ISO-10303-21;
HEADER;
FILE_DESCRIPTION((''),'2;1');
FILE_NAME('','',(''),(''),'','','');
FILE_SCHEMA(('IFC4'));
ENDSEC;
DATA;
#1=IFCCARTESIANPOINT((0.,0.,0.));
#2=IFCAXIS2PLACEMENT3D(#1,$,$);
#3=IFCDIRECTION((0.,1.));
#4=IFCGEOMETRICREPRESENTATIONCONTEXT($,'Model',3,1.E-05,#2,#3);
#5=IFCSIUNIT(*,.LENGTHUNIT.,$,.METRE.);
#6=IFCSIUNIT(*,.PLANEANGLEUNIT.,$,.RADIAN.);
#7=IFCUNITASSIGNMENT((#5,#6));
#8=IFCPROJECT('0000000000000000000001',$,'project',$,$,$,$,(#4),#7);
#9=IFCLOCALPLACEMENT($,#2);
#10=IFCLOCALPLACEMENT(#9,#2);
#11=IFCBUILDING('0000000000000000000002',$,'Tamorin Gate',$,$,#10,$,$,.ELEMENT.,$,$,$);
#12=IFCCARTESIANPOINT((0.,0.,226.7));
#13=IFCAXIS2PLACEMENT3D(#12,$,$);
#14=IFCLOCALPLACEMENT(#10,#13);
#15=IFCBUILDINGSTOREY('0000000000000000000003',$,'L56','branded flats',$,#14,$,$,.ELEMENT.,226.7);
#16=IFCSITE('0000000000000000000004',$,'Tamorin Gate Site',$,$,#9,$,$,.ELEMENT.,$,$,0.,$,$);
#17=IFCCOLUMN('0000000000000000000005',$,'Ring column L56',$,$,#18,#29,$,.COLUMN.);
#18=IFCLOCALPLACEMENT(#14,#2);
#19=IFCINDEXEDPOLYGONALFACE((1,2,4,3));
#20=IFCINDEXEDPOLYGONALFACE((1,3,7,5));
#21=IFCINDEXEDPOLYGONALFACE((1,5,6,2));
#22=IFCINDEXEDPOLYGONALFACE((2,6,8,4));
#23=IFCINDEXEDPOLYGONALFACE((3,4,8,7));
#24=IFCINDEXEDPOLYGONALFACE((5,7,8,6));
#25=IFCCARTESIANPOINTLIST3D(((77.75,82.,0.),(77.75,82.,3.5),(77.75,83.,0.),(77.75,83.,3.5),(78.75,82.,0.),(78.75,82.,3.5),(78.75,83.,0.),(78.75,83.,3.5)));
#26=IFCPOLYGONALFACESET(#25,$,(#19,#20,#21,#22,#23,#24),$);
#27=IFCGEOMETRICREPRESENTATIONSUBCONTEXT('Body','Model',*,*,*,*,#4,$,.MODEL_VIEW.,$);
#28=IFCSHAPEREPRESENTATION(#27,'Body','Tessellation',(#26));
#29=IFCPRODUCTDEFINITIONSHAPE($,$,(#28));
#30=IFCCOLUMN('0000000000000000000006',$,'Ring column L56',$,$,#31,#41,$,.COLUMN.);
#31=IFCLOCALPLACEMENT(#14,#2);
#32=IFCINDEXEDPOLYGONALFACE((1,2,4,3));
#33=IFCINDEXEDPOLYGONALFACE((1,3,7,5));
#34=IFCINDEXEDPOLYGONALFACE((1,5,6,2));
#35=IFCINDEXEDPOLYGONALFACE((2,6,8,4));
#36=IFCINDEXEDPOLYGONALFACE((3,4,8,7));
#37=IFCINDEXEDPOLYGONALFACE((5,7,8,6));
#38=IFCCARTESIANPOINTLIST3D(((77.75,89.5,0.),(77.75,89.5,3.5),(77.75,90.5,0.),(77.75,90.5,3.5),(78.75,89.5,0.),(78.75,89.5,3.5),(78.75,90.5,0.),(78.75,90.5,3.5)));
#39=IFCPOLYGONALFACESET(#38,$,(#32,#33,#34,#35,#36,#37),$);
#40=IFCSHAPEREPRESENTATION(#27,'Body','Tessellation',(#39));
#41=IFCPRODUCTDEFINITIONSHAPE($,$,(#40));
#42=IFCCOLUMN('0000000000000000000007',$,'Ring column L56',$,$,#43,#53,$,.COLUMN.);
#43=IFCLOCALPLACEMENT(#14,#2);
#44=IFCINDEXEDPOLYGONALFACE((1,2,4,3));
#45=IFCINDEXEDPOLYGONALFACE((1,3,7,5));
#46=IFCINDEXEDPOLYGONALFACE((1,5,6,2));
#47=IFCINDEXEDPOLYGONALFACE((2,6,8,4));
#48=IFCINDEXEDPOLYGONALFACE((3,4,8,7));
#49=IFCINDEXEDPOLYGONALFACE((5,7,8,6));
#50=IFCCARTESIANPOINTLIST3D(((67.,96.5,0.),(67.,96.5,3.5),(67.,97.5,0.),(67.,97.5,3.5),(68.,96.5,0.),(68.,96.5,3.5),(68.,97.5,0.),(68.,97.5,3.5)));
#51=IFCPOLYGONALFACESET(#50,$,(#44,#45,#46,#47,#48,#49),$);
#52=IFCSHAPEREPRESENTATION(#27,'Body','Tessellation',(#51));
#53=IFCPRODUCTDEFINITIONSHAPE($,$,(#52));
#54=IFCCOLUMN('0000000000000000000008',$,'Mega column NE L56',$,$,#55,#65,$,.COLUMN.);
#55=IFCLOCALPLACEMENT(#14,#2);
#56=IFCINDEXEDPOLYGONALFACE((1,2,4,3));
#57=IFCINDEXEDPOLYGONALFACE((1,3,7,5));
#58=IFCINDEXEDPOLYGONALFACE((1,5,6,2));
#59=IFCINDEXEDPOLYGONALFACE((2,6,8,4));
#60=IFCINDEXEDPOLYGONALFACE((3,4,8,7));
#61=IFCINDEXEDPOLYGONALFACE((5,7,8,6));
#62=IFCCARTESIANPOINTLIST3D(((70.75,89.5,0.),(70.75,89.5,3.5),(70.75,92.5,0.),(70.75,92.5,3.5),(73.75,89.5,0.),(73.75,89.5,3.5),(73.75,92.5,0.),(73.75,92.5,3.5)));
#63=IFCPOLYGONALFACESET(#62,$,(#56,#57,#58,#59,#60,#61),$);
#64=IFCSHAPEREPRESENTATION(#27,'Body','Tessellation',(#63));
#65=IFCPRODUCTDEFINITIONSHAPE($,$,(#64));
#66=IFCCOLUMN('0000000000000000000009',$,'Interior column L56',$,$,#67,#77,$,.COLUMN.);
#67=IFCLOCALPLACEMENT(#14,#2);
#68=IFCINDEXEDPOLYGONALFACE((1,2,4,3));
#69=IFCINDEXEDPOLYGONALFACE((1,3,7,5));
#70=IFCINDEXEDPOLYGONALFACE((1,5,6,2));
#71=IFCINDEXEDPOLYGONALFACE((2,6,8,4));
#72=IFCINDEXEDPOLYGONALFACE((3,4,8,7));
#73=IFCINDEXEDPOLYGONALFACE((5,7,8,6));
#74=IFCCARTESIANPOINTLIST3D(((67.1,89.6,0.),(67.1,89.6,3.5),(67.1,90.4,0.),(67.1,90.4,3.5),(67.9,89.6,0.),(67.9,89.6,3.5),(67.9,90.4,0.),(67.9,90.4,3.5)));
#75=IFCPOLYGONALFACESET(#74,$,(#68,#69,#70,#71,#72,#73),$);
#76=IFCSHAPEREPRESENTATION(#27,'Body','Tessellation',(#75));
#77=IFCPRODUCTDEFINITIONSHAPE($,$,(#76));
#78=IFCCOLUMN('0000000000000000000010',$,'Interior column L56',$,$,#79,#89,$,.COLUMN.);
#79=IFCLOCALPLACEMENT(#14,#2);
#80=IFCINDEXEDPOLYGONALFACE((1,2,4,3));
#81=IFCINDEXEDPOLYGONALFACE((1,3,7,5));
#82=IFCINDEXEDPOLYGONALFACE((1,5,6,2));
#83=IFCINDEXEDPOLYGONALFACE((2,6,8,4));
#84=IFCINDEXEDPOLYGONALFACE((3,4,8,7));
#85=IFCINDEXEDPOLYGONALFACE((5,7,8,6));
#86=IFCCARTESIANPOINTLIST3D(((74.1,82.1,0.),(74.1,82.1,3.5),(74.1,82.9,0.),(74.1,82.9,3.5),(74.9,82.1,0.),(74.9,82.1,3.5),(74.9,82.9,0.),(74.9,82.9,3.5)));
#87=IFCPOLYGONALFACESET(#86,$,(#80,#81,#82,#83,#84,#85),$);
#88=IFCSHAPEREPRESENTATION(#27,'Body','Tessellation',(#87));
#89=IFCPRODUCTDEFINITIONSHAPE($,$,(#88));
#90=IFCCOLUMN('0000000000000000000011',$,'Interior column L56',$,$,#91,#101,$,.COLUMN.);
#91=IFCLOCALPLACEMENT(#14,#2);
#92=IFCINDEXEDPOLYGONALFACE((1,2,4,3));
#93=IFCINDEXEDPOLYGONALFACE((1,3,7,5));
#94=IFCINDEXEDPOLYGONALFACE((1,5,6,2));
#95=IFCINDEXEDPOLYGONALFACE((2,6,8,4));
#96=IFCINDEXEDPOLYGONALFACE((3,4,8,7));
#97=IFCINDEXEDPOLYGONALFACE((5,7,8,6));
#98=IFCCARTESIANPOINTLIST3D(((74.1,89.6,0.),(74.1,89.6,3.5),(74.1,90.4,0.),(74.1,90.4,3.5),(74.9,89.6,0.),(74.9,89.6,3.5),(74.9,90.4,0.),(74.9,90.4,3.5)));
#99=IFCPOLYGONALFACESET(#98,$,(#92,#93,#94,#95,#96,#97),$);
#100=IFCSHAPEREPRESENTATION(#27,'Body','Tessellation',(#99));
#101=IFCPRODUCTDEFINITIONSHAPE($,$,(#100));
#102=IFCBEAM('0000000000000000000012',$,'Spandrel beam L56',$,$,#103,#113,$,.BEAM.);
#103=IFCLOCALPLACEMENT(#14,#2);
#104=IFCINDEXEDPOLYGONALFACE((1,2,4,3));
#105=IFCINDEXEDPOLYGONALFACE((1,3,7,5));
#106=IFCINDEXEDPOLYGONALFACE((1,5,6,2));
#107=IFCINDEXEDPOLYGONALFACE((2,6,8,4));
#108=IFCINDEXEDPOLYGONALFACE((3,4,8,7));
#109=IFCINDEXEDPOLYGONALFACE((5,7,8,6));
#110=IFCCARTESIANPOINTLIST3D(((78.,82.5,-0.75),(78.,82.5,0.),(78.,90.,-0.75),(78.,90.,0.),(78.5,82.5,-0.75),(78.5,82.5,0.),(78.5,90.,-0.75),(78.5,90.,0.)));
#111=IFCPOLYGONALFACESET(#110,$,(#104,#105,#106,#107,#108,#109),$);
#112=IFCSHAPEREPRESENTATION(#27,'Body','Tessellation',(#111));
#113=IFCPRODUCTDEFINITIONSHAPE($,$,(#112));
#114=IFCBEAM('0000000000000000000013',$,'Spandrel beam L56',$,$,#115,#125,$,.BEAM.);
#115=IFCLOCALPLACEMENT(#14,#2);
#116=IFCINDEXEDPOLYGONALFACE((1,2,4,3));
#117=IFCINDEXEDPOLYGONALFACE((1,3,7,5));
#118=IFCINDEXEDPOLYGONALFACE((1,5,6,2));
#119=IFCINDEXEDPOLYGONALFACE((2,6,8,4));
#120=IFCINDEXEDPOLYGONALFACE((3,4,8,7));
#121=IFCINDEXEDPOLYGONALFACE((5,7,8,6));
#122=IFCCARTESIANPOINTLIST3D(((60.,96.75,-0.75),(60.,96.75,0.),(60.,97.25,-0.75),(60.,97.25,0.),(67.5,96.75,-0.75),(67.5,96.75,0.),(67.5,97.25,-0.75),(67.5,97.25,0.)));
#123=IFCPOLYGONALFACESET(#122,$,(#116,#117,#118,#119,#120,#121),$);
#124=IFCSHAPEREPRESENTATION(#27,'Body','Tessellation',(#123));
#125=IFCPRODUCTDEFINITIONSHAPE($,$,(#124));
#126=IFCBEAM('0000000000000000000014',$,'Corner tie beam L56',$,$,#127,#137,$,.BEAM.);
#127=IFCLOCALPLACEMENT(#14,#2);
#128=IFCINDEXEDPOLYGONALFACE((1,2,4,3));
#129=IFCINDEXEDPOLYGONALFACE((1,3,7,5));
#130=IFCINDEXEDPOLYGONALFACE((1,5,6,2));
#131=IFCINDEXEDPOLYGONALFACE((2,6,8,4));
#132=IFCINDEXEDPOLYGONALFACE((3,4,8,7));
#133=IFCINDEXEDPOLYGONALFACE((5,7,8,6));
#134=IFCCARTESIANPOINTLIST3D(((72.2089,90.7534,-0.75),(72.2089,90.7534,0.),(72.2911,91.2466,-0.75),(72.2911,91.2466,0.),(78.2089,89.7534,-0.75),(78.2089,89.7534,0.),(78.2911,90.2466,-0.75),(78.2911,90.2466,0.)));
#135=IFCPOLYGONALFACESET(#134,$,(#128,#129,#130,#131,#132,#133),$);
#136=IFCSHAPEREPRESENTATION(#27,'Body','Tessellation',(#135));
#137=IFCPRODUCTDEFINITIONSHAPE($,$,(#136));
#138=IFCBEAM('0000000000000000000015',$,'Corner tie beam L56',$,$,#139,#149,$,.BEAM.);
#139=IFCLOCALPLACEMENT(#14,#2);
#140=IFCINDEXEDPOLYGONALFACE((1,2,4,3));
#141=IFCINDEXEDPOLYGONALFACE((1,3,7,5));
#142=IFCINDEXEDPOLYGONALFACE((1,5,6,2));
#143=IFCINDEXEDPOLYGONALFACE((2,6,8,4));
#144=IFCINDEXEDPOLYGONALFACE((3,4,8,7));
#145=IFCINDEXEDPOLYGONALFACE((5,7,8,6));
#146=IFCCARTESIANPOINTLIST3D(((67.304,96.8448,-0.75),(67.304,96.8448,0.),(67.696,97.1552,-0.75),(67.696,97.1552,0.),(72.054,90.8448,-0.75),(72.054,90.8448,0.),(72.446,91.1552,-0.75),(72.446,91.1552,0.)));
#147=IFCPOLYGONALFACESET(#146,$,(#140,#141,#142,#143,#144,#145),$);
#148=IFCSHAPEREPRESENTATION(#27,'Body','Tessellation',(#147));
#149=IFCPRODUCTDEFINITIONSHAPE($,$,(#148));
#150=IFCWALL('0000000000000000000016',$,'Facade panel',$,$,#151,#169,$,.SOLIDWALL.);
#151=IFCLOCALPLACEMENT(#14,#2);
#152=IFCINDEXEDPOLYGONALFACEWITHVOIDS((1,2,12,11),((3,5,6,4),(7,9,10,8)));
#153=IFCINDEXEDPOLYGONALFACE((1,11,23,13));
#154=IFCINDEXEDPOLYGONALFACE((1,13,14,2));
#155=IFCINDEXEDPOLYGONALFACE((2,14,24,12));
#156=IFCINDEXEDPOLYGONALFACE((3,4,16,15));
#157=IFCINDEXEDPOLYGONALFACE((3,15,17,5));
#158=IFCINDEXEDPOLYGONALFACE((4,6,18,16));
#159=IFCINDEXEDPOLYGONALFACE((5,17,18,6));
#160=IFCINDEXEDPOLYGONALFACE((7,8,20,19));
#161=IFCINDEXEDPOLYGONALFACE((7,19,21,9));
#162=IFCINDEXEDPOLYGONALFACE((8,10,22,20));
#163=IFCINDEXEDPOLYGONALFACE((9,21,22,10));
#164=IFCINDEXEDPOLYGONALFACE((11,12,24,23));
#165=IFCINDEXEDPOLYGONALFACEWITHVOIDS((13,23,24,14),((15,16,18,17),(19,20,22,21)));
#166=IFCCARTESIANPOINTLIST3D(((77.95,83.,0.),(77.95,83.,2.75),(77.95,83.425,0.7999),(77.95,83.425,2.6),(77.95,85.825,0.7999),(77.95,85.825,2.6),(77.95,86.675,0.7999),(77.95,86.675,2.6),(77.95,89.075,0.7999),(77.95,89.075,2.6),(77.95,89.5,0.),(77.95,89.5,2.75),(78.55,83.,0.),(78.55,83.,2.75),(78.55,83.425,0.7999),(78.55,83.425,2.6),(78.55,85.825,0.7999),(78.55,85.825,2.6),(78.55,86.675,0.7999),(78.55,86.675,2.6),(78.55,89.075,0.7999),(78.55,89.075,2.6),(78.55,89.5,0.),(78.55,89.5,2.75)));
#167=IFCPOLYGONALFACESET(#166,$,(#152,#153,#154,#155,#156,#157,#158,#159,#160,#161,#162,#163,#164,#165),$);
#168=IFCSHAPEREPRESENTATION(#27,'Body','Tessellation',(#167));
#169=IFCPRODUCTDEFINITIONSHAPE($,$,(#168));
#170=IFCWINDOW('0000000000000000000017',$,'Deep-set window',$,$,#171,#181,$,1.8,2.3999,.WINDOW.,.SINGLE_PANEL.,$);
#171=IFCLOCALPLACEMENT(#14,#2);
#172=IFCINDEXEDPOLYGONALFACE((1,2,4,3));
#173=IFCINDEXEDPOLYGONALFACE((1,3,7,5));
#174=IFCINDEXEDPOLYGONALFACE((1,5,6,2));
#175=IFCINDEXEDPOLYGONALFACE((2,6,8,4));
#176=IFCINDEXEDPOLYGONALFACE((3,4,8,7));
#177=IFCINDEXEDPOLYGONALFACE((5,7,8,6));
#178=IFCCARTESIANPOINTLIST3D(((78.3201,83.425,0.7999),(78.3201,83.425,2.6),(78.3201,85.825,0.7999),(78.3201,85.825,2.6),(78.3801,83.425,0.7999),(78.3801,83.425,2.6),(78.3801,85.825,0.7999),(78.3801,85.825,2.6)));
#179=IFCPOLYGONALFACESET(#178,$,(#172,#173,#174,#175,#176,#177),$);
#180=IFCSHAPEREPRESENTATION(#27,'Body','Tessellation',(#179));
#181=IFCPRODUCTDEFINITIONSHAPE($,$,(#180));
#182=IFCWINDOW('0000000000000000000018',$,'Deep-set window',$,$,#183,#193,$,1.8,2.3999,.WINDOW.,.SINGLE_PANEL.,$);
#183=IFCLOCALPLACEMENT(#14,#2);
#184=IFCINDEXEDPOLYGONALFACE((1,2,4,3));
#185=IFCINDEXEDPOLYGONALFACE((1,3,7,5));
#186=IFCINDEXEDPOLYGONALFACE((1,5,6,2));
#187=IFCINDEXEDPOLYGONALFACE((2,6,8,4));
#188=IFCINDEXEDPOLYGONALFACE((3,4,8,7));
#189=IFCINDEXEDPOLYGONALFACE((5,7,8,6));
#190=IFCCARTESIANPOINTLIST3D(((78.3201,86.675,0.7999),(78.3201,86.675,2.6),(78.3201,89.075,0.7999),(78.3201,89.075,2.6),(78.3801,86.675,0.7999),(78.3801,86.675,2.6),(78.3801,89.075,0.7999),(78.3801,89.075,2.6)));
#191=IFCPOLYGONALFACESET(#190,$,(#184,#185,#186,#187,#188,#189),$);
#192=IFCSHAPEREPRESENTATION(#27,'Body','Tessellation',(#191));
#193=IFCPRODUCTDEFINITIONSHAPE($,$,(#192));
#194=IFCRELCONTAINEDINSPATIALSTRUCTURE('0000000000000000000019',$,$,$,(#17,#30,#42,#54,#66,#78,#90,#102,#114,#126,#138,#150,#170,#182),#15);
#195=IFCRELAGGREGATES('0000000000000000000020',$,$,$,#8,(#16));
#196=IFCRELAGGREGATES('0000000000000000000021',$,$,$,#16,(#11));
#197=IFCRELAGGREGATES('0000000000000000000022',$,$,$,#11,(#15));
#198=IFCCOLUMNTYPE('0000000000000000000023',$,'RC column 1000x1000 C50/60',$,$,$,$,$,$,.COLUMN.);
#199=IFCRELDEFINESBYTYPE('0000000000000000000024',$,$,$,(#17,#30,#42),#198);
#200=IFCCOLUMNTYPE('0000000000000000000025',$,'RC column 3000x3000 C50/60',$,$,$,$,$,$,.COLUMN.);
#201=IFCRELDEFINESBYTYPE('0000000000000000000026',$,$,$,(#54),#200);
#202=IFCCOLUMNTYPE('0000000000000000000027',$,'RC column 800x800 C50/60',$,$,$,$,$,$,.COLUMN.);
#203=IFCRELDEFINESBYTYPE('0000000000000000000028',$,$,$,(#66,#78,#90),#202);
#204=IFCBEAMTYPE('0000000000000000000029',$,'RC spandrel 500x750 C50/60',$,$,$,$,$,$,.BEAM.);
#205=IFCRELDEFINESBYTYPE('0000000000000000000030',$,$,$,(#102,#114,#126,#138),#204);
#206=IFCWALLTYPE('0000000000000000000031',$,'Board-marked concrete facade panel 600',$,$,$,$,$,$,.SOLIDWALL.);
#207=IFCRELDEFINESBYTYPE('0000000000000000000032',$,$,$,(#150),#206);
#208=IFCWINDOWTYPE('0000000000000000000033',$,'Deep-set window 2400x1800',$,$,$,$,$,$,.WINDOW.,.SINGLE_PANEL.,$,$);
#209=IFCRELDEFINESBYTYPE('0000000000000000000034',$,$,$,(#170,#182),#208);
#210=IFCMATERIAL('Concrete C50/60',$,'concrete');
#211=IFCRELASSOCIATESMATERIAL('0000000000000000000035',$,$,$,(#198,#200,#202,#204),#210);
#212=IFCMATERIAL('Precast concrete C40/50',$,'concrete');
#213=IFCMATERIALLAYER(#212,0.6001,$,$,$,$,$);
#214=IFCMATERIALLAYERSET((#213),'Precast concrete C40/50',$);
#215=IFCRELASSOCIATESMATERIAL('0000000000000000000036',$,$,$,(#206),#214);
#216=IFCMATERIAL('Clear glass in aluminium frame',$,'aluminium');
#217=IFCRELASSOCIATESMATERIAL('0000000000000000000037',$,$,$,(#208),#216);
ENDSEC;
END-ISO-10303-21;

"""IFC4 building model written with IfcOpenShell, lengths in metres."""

from ifc_helpers import new_model, si_unit, direction, frame, frame_2d, origin, origin_2d, place, context, subcontext, project, spatial, rectangle, extrude, material, layer, layer_set, material_profile, profile_set, type_object, element, fill, save


model = new_model("IFC4")

# Units and contexts
model_context = context("Model", 3, precision=1e-05, world=origin(), true_north=direction((0.0, 1.0)))
body_context = subcontext(model_context, "Body", "Model", "MODEL_VIEW")
ifc_project = project(units=[si_unit("LENGTHUNIT", "METRE"), si_unit("PLANEANGLEUNIT", "RADIAN")], contexts=[model_context])

# Site, building, storey
site_placement = place(None, origin())
site = spatial("IfcSite", under=ifc_project, at=site_placement, Name="Tamorin Gate Site", CompositionType="ELEMENT", RefElevation=0.0)
building_placement = place(site_placement, origin())
building = spatial("IfcBuilding", under=site, at=building_placement, Name="Tamorin Gate", CompositionType="ELEMENT")
storey_placement = place(building_placement, frame((0.0, 0.0, 226.7)))
storey = spatial("IfcBuildingStorey", under=building, at=storey_placement, Name="L56", Description="branded flats", CompositionType="ELEMENT", Elevation=226.7)

# Columns
ifc_material_1 = material(Name="Concrete C50/60", Category="concrete")
ifc_material_profile_1 = material_profile(ifc_material_1, rectangle(XDim=1.0, YDim=1.0, at=origin_2d()), Name="RC 1000x1000")
ifc_profile_set_1 = profile_set([ifc_material_profile_1], Name="Concrete C50/60")
column_type_1 = type_object("IfcColumnType", Name="RC column 1000x1000 C50/60", PredefinedType="COLUMN", material=ifc_profile_set_1)
for number, where, z_axis, x_axis, name in (
    (1, (78.25, 82.5, 0.0), (0.0, 0.0, 1.0), (1.0, 0.0, 0.0), "Ring column L56"),
    (2, (78.25, 90.0, 0.0), (0.0, 0.0, 1.0), (1.0, 0.0, 0.0), "Ring column L56"),
    (3, (67.5, 97.0, 0.0), (0.0, 0.0, 1.0), (1.0, 0.0, 0.0), "Ring column L56"),
):
    element("IfcColumn", number, at=place(storey_placement, frame(where, z_axis=z_axis, x_axis=x_axis)), inside=storey, type_object=column_type_1, Name=name, PredefinedType="COLUMN", context=body_context, shape_type="SweptSolid", body=[
        extrude(rectangle(XDim=1.0, YDim=1.0, at=origin_2d()), origin(), (0.0, 0.0, 1.0), 3.5),
    ])
ifc_material_profile_2 = material_profile(ifc_material_1, rectangle(XDim=3.0, YDim=3.0, at=origin_2d()), Name="RC 3000x3000")
ifc_profile_set_2 = profile_set([ifc_material_profile_2], Name="Concrete C50/60")
column_type_2 = type_object("IfcColumnType", Name="RC column 3000x3000 C50/60", PredefinedType="COLUMN", material=ifc_profile_set_2)
column_placement = place(storey_placement, frame((72.25, 91.0, 0.0), z_axis=(0.0, 0.0, 1.0), x_axis=(1.0, 0.0, 0.0)))
element("IfcColumn", 4, at=column_placement, inside=storey, type_object=column_type_2, Name="Mega column NE L56", PredefinedType="COLUMN", context=body_context, shape_type="SweptSolid", body=[
    extrude(rectangle(XDim=3.0, YDim=3.0, at=origin_2d()), origin(), (0.0, 0.0, 1.0), 3.5),
])
ifc_material_profile_3 = material_profile(ifc_material_1, rectangle(XDim=0.8, YDim=0.8, at=origin_2d()), Name="RC 800x800")
ifc_profile_set_3 = profile_set([ifc_material_profile_3], Name="Concrete C50/60")
column_type_3 = type_object("IfcColumnType", Name="RC column 800x800 C50/60", PredefinedType="COLUMN", material=ifc_profile_set_3)
for number, where, z_axis, x_axis, name in (
    (5, (67.5, 90.0, 0.0), (0.0, 0.0, 1.0), (1.0, 0.0, 0.0), "Interior column L56"),
    (6, (74.5, 82.5, 0.0), (0.0, 0.0, 1.0), (1.0, 0.0, 0.0), "Interior column L56"),
    (7, (74.5, 90.0, 0.0), (0.0, 0.0, 1.0), (1.0, 0.0, 0.0), "Interior column L56"),
):
    element("IfcColumn", number, at=place(storey_placement, frame(where, z_axis=z_axis, x_axis=x_axis)), inside=storey, type_object=column_type_3, Name=name, PredefinedType="COLUMN", context=body_context, shape_type="SweptSolid", body=[
        extrude(rectangle(XDim=0.8, YDim=0.8, at=origin_2d()), origin(), (0.0, 0.0, 1.0), 3.5),
    ])

# Beams
ifc_material_profile_4 = material_profile(ifc_material_1, rectangle(XDim=0.5, YDim=0.75, at=origin_2d()), Name="RC 500x750")
ifc_profile_set_4 = profile_set([ifc_material_profile_4], Name="Concrete C50/60")
beam_type = type_object("IfcBeamType", Name="RC spandrel 500x750 C50/60", PredefinedType="BEAM", material=ifc_profile_set_4)
for number, where, z_axis, x_axis, name in (
    (8, (78.25, 82.5, -0.375), (0.0, 1.0, 0.0), (-1.0, 0.0, 0.0), "Spandrel beam L56"),
    (9, (67.5, 97.0, -0.375), (-1.0, 0.0, 0.0), (0.0, -1.0, 0.0), "Spandrel beam L56"),
):
    element("IfcBeam", number, at=place(storey_placement, frame(where, z_axis=z_axis, x_axis=x_axis)), inside=storey, type_object=beam_type, Name=name, PredefinedType="BEAM", context=body_context, shape_type="SweptSolid", body=[
        extrude(rectangle(XDim=0.5, YDim=0.75, at=origin_2d()), origin(), (0.0, 0.0, 1.0), 7.5),
    ])
beam_1_placement = place(storey_placement, frame((72.25, 91.0, -0.375), z_axis=(0.986394, -0.164399, 0.0), x_axis=(0.164399, 0.986394, 0.0)))
element("IfcBeam", 10, at=beam_1_placement, inside=storey, type_object=beam_type, Name="Corner tie beam L56", PredefinedType="BEAM", context=body_context, shape_type="SweptSolid", body=[
    extrude(rectangle(XDim=0.5, YDim=0.75, at=origin_2d()), origin(), (0.0, 0.0, 1.0), 6.0828),
])
beam_2_placement = place(storey_placement, frame((72.25, 91.0, -0.375), z_axis=(-0.620703, 0.784046, 0.0), x_axis=(-0.784046, -0.620703, 0.0)))
element("IfcBeam", 11, at=beam_2_placement, inside=storey, type_object=beam_type, Name="Corner tie beam L56", PredefinedType="BEAM", context=body_context, shape_type="SweptSolid", body=[
    extrude(rectangle(XDim=0.5, YDim=0.75, at=origin_2d()), origin(), (0.0, 0.0, 1.0), 7.6526),
])

# Wall, openings, windows
ifc_material_2 = material(Name="Precast concrete C40/50", Category="concrete")
ifc_layer = layer(ifc_material_2, 0.6001)
ifc_layer_set = layer_set([ifc_layer], Name="Precast concrete C40/50")
wall_type = type_object("IfcWallType", Name="Board-marked concrete facade panel 600", PredefinedType="SOLIDWALL", material=ifc_layer_set)
wall_1_placement = place(storey_placement, frame((78.25, 83.0, 0.0), z_axis=(0.0, 0.0, 1.0), x_axis=(0.0, 1.0, 0.0)))
wall_1 = element("IfcWall", 12, at=wall_1_placement, inside=storey, type_object=wall_type, Name="Facade panel", PredefinedType="SOLIDWALL", context=body_context, shape_type="SweptSolid", body=[
    extrude(rectangle(XDim=6.5, YDim=0.6001, at=frame_2d((3.25, 0.0))), origin(), (0.0, 0.0, 1.0), 2.75),
])
opening_1_placement = place(wall_1_placement, frame((0.425, 0.0, 0.8)))
opening_1 = element("IfcOpeningElement", 13, at=opening_1_placement, cuts=wall_1, PredefinedType="OPENING", context=body_context, shape_type="SweptSolid", body=[
    extrude(rectangle(XDim=2.3999, YDim=1.8, at=frame_2d((1.2, 0.8999))), frame((0.0, 0.3101, 0.0), z_axis=(0.0, -1.0, 0.0), x_axis=(1.0, 0.0, 0.0)), (0.0, 0.0, 1.0), 0.6201),
])
opening_2_placement = place(wall_1_placement, frame((3.675, 0.0, 0.8)))
opening_2 = element("IfcOpeningElement", 14, at=opening_2_placement, cuts=wall_1, PredefinedType="OPENING", context=body_context, shape_type="SweptSolid", body=[
    extrude(rectangle(XDim=2.3999, YDim=1.8, at=frame_2d((1.2, 0.8999))), frame((0.0, 0.3101, 0.0), z_axis=(0.0, -1.0, 0.0), x_axis=(1.0, 0.0, 0.0)), (0.0, 0.0, 1.0), 0.6201),
])
ifc_material_3 = material(Name="Clear glass in aluminium frame", Category="aluminium")
window_type = type_object("IfcWindowType", Name="Deep-set window 2400x1800", PartitioningType="SINGLE_PANEL", PredefinedType="WINDOW", material=ifc_material_3)
window_1_placement = place(opening_1_placement, origin())
window_1 = element("IfcWindow", 15, at=window_1_placement, inside=storey, type_object=window_type, Name="Deep-set window", OverallHeight=1.8, OverallWidth=2.3999, PartitioningType="SINGLE_PANEL", PredefinedType="WINDOW", context=body_context, shape_type="SweptSolid", body=[
    extrude(rectangle(XDim=2.3999, YDim=1.8, at=frame_2d((1.2, 0.8999))), frame((0.0, -0.0701, 0.0), z_axis=(0.0, -1.0, 0.0), x_axis=(1.0, 0.0, 0.0)), (0.0, 0.0, 1.0), 0.0601),
])
fill(opening_1, window_1)
window_2_placement = place(opening_2_placement, origin())
window_2 = element("IfcWindow", 16, at=window_2_placement, inside=storey, type_object=window_type, Name="Deep-set window", OverallHeight=1.8, OverallWidth=2.3999, PartitioningType="SINGLE_PANEL", PredefinedType="WINDOW", context=body_context, shape_type="SweptSolid", body=[
    extrude(rectangle(XDim=2.3999, YDim=1.8, at=frame_2d((1.2, 0.8999))), frame((0.0, -0.0701, 0.0), z_axis=(0.0, -1.0, 0.0), x_axis=(1.0, 0.0, 0.0)), (0.0, 0.0, 1.0), 0.0601),
])
fill(opening_2, window_2)

save(model, "model.ifc")
